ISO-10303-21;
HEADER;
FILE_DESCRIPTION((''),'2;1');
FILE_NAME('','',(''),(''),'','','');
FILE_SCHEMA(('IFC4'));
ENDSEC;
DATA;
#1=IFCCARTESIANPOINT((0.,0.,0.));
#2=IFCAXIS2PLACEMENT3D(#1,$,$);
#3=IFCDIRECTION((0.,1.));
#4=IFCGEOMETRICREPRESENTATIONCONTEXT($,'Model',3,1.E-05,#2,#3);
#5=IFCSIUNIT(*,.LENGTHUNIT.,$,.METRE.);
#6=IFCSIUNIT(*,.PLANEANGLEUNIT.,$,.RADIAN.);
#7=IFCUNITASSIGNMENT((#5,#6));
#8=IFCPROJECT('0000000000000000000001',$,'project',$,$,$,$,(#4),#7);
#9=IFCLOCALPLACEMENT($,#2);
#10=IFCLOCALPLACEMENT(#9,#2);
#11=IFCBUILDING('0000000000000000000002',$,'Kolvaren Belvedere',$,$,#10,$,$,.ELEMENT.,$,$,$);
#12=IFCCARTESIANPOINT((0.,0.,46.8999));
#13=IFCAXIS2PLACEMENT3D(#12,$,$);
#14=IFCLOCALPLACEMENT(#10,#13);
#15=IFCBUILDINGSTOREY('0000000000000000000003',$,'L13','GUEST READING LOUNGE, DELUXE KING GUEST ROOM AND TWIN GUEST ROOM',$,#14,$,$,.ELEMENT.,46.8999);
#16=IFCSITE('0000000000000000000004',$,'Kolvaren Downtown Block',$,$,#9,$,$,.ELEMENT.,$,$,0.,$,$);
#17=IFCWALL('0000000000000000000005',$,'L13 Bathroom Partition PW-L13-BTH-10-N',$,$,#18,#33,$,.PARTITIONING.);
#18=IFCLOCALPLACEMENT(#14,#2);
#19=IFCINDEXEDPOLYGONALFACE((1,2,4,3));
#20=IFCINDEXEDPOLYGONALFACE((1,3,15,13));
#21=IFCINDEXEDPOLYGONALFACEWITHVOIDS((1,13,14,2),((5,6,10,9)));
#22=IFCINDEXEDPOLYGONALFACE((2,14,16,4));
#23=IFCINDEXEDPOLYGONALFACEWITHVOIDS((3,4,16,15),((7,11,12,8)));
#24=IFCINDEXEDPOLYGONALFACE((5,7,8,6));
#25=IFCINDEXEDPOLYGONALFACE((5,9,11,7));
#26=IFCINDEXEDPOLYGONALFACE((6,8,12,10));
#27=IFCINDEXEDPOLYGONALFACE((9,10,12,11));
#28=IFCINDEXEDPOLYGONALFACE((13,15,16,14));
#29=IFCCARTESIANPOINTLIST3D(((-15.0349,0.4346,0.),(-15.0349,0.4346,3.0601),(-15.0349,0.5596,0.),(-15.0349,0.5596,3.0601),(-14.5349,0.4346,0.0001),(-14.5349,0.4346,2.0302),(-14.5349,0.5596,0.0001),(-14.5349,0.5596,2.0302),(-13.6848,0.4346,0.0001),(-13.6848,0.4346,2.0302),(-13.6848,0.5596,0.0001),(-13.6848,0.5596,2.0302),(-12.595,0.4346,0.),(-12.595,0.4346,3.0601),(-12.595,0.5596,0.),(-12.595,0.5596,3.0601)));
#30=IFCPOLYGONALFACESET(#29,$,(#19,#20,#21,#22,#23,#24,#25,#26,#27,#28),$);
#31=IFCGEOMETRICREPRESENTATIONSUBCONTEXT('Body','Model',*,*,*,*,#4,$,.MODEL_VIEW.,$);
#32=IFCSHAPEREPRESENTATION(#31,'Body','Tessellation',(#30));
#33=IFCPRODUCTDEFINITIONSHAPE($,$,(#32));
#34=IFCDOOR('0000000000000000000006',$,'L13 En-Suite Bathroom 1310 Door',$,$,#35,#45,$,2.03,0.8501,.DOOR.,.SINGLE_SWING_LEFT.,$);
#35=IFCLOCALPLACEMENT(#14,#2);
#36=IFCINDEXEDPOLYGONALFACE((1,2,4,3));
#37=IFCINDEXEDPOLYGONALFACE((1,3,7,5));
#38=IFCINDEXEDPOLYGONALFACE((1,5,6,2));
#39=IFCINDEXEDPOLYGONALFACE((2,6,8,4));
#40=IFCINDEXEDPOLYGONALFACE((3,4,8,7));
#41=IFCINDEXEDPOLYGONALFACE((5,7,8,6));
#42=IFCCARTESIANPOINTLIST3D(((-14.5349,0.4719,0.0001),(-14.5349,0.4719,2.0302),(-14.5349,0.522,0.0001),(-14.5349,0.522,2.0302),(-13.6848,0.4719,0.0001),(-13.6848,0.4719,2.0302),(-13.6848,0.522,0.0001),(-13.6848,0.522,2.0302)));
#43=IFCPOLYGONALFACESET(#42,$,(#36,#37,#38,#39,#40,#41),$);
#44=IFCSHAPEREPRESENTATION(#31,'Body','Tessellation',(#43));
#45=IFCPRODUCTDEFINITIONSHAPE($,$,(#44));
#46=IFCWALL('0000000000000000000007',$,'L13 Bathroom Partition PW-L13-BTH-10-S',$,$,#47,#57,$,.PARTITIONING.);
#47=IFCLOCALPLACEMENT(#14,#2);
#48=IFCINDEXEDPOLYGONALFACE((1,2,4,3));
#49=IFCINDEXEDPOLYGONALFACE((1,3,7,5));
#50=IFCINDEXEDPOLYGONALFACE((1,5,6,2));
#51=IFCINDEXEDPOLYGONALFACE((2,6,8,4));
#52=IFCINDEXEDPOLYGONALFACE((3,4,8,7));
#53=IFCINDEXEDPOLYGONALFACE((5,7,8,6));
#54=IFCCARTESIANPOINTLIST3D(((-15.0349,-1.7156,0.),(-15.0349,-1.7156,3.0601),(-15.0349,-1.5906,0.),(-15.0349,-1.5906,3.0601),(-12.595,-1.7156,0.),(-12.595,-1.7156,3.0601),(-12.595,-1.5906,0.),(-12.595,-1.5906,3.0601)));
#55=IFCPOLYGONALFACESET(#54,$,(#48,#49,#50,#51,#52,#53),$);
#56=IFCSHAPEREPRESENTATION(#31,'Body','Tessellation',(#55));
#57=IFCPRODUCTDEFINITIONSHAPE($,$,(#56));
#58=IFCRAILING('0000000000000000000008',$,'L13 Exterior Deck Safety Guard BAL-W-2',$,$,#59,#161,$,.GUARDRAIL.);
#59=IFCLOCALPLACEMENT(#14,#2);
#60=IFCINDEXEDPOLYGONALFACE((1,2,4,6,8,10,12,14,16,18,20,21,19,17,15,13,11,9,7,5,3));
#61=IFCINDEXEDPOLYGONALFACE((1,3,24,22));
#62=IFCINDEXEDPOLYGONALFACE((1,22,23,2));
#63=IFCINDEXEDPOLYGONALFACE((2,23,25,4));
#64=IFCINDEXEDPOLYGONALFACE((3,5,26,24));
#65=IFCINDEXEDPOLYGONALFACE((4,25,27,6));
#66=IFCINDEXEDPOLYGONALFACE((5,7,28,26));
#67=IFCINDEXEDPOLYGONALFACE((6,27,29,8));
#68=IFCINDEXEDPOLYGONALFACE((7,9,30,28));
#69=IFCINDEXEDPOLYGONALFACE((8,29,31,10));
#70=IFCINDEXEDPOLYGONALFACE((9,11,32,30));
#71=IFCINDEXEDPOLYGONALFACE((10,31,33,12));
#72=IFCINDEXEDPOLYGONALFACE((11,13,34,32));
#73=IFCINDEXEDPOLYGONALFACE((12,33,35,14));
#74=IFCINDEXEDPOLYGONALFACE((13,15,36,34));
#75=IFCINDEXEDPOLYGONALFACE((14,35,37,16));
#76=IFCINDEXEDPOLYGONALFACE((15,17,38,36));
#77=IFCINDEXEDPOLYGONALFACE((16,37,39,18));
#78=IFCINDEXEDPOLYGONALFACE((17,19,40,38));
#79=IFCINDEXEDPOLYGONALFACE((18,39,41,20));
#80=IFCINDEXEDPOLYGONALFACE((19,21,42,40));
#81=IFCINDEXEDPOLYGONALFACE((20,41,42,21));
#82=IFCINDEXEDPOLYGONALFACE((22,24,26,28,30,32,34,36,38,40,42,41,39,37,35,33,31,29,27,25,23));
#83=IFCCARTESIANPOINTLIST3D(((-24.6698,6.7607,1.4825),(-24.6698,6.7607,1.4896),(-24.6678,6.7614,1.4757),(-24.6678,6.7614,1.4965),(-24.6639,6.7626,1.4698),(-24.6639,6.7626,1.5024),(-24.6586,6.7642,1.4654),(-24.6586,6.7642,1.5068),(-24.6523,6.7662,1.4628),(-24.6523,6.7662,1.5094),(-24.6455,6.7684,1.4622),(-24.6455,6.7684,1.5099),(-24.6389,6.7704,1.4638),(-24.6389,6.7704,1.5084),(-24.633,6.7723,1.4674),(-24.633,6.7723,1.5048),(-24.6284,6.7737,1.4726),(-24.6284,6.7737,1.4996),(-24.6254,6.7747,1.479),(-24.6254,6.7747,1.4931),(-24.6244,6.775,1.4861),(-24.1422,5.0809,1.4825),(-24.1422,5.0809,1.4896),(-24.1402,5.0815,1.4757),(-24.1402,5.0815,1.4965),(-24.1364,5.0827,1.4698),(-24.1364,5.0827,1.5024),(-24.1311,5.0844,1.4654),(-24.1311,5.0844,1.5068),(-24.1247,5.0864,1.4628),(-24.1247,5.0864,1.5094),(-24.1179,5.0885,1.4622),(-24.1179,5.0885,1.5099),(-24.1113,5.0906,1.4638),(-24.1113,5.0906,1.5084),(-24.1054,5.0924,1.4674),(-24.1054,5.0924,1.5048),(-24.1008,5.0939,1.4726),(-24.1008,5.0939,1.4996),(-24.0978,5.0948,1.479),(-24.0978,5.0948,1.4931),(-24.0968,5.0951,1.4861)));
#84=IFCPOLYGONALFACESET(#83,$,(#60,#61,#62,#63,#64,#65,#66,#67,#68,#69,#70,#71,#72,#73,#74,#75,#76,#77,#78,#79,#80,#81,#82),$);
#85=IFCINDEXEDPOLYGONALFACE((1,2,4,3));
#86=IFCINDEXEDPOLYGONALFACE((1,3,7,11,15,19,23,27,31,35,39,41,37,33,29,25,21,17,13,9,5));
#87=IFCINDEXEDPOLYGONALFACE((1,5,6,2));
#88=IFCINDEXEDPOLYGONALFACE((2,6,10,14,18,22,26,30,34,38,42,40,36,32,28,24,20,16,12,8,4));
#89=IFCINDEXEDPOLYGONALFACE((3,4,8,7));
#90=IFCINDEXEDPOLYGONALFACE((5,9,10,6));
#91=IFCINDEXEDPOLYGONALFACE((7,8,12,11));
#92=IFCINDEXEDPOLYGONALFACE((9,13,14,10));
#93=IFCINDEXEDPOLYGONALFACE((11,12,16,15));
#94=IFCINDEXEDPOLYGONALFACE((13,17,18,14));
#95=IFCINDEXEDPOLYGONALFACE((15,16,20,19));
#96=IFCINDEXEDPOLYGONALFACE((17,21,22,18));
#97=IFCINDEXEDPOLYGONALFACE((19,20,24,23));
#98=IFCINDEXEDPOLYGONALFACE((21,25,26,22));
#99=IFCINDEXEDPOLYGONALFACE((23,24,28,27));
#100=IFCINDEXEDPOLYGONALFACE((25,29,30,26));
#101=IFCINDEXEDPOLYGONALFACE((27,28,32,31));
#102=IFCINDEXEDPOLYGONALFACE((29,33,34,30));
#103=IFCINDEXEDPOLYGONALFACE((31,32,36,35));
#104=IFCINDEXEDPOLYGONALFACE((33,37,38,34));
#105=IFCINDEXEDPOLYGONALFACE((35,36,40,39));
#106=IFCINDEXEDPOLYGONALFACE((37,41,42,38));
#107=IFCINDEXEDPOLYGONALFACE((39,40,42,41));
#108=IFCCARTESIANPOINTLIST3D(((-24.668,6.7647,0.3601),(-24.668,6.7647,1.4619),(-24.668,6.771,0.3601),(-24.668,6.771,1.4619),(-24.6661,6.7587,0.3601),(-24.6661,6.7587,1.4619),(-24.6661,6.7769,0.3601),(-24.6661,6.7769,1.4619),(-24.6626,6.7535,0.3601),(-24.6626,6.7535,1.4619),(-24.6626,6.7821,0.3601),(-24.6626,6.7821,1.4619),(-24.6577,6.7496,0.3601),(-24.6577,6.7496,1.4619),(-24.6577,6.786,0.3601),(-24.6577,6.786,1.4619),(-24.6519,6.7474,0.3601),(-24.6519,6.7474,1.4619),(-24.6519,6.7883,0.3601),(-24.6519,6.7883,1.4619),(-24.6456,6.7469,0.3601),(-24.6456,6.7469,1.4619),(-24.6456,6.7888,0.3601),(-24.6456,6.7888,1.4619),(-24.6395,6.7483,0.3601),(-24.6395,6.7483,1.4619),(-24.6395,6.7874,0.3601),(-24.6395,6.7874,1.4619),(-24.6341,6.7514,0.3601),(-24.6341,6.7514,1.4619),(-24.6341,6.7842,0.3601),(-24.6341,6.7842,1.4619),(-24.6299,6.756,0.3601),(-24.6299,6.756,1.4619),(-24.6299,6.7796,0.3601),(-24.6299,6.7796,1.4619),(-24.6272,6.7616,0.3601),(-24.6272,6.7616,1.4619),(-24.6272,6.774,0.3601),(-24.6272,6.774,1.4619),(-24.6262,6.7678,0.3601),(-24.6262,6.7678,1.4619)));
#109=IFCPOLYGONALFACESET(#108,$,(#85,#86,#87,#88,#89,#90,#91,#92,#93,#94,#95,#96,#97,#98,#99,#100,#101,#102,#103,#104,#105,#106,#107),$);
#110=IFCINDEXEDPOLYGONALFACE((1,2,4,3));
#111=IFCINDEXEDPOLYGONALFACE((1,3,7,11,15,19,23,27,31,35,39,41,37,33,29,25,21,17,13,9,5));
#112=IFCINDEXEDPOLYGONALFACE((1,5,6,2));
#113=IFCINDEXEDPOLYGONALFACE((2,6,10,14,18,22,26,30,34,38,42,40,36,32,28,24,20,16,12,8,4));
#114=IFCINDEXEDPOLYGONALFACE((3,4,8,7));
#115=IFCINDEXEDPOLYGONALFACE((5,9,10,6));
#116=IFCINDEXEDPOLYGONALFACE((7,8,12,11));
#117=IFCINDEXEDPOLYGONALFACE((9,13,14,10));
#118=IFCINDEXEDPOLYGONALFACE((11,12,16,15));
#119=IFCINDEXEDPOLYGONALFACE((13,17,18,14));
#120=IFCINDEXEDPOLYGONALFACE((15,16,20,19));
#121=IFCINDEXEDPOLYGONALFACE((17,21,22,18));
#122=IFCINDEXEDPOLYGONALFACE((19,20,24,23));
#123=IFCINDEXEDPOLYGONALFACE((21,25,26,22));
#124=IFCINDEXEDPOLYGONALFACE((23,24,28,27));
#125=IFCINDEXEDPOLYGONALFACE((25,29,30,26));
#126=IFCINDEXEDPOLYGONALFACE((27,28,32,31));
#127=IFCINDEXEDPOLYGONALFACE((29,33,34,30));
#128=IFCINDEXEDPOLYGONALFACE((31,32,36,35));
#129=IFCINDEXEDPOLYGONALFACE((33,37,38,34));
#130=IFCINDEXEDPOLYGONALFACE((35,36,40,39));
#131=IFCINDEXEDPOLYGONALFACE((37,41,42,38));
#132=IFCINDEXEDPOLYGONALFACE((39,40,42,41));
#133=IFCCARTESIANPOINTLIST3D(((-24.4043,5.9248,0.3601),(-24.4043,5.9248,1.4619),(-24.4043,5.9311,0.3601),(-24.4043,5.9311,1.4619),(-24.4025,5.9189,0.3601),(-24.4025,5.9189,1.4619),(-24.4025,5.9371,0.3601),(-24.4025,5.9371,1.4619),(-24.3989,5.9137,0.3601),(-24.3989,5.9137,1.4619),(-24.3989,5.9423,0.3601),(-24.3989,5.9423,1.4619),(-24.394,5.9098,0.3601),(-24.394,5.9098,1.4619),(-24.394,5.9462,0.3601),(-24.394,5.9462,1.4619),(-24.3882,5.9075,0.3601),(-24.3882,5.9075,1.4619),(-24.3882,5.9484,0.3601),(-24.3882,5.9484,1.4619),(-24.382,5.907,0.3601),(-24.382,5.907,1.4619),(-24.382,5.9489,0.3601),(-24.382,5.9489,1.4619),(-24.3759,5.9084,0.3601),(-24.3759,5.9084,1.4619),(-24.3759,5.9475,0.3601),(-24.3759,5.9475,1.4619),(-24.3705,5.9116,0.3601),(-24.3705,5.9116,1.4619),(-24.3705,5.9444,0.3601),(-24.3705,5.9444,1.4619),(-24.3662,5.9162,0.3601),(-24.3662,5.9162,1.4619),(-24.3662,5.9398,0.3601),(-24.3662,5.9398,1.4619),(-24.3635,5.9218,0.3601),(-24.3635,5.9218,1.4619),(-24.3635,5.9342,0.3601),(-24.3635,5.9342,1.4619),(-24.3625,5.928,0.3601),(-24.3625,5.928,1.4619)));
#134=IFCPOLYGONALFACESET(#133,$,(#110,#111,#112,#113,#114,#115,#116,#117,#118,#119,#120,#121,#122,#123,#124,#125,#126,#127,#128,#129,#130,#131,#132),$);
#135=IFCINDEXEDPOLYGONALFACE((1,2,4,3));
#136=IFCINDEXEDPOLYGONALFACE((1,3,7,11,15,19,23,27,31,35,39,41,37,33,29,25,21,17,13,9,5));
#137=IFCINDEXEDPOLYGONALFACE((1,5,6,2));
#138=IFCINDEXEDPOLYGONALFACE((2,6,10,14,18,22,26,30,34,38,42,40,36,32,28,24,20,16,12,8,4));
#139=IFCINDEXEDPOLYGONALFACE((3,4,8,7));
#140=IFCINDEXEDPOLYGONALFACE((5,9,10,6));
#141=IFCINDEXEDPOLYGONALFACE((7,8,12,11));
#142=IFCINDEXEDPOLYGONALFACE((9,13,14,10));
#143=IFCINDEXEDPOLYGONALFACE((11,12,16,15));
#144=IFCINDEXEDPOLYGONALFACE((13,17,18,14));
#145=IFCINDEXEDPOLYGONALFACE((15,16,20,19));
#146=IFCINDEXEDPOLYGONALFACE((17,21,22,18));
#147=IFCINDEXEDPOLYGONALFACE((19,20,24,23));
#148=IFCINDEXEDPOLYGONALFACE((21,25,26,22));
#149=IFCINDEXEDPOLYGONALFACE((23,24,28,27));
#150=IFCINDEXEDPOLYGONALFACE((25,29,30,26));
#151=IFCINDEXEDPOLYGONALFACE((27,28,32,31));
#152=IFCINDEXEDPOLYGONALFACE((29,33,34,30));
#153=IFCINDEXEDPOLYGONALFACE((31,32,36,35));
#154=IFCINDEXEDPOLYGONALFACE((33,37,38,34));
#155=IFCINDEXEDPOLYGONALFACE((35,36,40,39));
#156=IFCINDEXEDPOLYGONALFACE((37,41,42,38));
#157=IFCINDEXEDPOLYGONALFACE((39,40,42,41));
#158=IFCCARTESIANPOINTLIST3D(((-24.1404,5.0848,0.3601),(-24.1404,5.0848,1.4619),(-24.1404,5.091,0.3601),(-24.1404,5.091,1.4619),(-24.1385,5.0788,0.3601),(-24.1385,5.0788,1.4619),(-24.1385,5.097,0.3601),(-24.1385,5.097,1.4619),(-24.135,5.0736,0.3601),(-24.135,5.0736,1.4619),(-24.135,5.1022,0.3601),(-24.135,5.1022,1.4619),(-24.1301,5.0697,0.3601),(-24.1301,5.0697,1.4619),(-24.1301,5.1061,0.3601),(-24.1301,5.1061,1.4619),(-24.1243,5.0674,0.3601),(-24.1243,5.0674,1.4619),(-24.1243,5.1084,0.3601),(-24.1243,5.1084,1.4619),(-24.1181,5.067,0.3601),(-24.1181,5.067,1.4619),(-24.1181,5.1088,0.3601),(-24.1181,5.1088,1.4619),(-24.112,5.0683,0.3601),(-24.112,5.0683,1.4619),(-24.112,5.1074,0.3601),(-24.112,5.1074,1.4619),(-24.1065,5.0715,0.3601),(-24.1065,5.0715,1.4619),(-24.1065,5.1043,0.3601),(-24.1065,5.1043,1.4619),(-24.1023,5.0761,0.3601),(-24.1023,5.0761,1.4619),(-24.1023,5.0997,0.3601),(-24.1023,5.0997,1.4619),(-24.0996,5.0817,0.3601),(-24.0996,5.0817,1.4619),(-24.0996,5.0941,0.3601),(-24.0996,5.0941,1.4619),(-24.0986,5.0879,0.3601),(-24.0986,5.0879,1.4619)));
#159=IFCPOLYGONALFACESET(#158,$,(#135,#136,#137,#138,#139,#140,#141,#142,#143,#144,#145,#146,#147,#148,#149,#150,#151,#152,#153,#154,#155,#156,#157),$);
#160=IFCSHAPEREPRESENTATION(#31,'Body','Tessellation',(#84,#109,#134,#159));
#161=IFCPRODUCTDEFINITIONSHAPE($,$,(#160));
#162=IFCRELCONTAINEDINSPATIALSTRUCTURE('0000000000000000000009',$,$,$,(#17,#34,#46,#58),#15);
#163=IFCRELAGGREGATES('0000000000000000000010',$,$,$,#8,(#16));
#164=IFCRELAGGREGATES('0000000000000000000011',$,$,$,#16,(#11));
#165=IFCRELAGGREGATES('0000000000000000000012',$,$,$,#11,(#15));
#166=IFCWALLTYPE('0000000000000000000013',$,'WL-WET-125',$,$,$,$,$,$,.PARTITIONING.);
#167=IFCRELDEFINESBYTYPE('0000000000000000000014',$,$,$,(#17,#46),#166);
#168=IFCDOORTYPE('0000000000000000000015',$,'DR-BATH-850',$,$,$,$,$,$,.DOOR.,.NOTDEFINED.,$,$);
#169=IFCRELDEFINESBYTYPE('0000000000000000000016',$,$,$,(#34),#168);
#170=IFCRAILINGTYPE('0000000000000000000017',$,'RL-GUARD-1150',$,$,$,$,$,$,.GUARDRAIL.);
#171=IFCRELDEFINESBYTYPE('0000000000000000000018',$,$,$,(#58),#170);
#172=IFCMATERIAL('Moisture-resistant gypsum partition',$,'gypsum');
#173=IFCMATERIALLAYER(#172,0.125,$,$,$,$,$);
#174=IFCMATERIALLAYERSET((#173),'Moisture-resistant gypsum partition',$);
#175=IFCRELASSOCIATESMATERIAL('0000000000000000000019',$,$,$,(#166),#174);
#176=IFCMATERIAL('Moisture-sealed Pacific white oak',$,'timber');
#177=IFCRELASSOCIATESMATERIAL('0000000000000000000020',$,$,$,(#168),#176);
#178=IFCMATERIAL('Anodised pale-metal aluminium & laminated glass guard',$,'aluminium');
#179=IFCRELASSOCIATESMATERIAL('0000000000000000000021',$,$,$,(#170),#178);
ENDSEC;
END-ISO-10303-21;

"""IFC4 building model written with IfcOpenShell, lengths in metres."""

from ifc_helpers import new_model, si_unit, direction, frame, frame_2d, origin, origin_2d, place, context, subcontext, project, spatial, rectangle, circle, extrude, material, layer, layer_set, type_object, element, fill, save


model = new_model("IFC4")

# Units and contexts
model_context = context("Model", 3, precision=1e-05, world=origin(), true_north=direction((0.0, 1.0)))
body_context = subcontext(model_context, "Body", "Model", "MODEL_VIEW")
ifc_project = project(units=[si_unit("LENGTHUNIT", "METRE"), si_unit("PLANEANGLEUNIT", "RADIAN")], contexts=[model_context])

# Site, building, storey
site_placement = place(None, origin())
site = spatial("IfcSite", under=ifc_project, at=site_placement, Name="Kolvaren Downtown Block", CompositionType="ELEMENT", RefElevation=0.0)
building_placement = place(site_placement, origin())
building = spatial("IfcBuilding", under=site, at=building_placement, Name="Kolvaren Belvedere", CompositionType="ELEMENT")
storey_placement = place(building_placement, frame((0.0, 0.0, 46.8999)))
storey = spatial("IfcBuildingStorey", under=building, at=storey_placement, Name="L13", Description="GUEST READING LOUNGE, DELUXE KING GUEST ROOM AND TWIN GUEST ROOM", CompositionType="ELEMENT", Elevation=46.8999)

# Wall, opening, door
ifc_material_1 = material(Name="Moisture-resistant gypsum partition", Category="gypsum")
ifc_layer_1 = layer(ifc_material_1, 0.125)
ifc_layer_set_1 = layer_set([ifc_layer_1], Name="Moisture-resistant gypsum partition")
wall_type_1 = type_object("IfcWallType", Name="WL-WET-125", PredefinedType="PARTITIONING", material=ifc_layer_set_1)
wall_1_placement = place(storey_placement, frame((-15.0349, 0.4971, 0.0), z_axis=(0.0, 0.0, 1.0), x_axis=(1.0, 0.0, 0.0)))
wall_1 = element("IfcWall", 1, at=wall_1_placement, inside=storey, type_object=wall_type_1, Name="L13 Bathroom Partition PW-L13-BTH-10-N", PredefinedType="PARTITIONING", context=body_context, shape_type="SweptSolid", body=[
    extrude(rectangle(XDim=2.4399, YDim=0.125, at=frame_2d((1.22, 0.0))), origin(), (0.0, 0.0, 1.0), 3.0601),
])
opening_placement = place(wall_1_placement, frame((0.5, 0.0, 0.0)))
opening = element("IfcOpeningElement", 2, at=opening_placement, cuts=wall_1, PredefinedType="OPENING", context=body_context, shape_type="SweptSolid", body=[
    extrude(rectangle(XDim=0.8501, YDim=2.03, at=frame_2d((0.425, 1.0151))), frame((0.0, 0.0725, 0.0), z_axis=(0.0, -1.0, 0.0), x_axis=(1.0, 0.0, 0.0)), (0.0, 0.0, 1.0), 0.145),
])
ifc_material_2 = material(Name="Moisture-sealed Pacific white oak", Category="timber")
door_type = type_object("IfcDoorType", Name="DR-BATH-850", OperationType="NOTDEFINED", PredefinedType="DOOR", material=ifc_material_2)
door_placement = place(opening_placement, origin())
door = element("IfcDoor", 3, at=door_placement, inside=storey, type_object=door_type, Name="L13 En-Suite Bathroom 1310 Door", OperationType="SINGLE_SWING_LEFT", OverallHeight=2.03, OverallWidth=0.8501, PredefinedType="DOOR", context=body_context, shape_type="SweptSolid", body=[
    extrude(rectangle(XDim=0.8501, YDim=2.03, at=frame_2d((0.425, 1.0151))), frame((0.0, 0.0249, 0.0), z_axis=(0.0, -1.0, 0.0), x_axis=(1.0, 0.0, 0.0)), (0.0, 0.0, 1.0), 0.05),
])
fill(opening, door)

# Wall
wall_2_placement = place(storey_placement, frame((-15.0349, -1.6531, 0.0), z_axis=(0.0, 0.0, 1.0), x_axis=(1.0, 0.0, 0.0)))
element("IfcWall", 4, at=wall_2_placement, inside=storey, type_object=wall_type_1, Name="L13 Bathroom Partition PW-L13-BTH-10-S", PredefinedType="PARTITIONING", context=body_context, shape_type="SweptSolid", body=[
    extrude(rectangle(XDim=2.4399, YDim=0.125, at=frame_2d((1.22, 0.0))), origin(), (0.0, 0.0, 1.0), 3.0601),
])

# Railing
ifc_material_3 = material(Name="Anodised pale-metal aluminium & laminated glass guard", Category="aluminium")
railing_type = type_object("IfcRailingType", Name="RL-GUARD-1150", PredefinedType="GUARDRAIL", material=ifc_material_3)
railing_1_placement = place(storey_placement, frame((-24.6472, 6.7678, 0.3601)))
element("IfcRailing", 5, at=railing_1_placement, inside=storey, type_object=railing_type, Name="L13 Exterior Deck Safety Guard BAL-W-2", PredefinedType="GUARDRAIL", context=body_context, shape_type="SweptSolid", body=[
    extrude(circle(Radius=0.0239, at=origin_2d()), frame((0.0, 0.0, 1.126), z_axis=(0.299625, -0.954057, 0.0), x_axis=(0.954057, 0.299625, 0.0)), (0.0, 0.0, 1.0), 1.7607),
    extrude(circle(Radius=0.021, at=origin_2d()), origin(), (0.0, 0.0, 1.0), 1.1018),
    extrude(circle(Radius=0.021, at=origin_2d()), frame((0.2637, -0.8398, 0.0)), (0.0, 0.0, 1.0), 1.1018),
    extrude(circle(Radius=0.021, at=origin_2d()), frame((0.5276, -1.6799, 0.0)), (0.0, 0.0, 1.0), 1.1018),
])

save(model, "model.ifc")
